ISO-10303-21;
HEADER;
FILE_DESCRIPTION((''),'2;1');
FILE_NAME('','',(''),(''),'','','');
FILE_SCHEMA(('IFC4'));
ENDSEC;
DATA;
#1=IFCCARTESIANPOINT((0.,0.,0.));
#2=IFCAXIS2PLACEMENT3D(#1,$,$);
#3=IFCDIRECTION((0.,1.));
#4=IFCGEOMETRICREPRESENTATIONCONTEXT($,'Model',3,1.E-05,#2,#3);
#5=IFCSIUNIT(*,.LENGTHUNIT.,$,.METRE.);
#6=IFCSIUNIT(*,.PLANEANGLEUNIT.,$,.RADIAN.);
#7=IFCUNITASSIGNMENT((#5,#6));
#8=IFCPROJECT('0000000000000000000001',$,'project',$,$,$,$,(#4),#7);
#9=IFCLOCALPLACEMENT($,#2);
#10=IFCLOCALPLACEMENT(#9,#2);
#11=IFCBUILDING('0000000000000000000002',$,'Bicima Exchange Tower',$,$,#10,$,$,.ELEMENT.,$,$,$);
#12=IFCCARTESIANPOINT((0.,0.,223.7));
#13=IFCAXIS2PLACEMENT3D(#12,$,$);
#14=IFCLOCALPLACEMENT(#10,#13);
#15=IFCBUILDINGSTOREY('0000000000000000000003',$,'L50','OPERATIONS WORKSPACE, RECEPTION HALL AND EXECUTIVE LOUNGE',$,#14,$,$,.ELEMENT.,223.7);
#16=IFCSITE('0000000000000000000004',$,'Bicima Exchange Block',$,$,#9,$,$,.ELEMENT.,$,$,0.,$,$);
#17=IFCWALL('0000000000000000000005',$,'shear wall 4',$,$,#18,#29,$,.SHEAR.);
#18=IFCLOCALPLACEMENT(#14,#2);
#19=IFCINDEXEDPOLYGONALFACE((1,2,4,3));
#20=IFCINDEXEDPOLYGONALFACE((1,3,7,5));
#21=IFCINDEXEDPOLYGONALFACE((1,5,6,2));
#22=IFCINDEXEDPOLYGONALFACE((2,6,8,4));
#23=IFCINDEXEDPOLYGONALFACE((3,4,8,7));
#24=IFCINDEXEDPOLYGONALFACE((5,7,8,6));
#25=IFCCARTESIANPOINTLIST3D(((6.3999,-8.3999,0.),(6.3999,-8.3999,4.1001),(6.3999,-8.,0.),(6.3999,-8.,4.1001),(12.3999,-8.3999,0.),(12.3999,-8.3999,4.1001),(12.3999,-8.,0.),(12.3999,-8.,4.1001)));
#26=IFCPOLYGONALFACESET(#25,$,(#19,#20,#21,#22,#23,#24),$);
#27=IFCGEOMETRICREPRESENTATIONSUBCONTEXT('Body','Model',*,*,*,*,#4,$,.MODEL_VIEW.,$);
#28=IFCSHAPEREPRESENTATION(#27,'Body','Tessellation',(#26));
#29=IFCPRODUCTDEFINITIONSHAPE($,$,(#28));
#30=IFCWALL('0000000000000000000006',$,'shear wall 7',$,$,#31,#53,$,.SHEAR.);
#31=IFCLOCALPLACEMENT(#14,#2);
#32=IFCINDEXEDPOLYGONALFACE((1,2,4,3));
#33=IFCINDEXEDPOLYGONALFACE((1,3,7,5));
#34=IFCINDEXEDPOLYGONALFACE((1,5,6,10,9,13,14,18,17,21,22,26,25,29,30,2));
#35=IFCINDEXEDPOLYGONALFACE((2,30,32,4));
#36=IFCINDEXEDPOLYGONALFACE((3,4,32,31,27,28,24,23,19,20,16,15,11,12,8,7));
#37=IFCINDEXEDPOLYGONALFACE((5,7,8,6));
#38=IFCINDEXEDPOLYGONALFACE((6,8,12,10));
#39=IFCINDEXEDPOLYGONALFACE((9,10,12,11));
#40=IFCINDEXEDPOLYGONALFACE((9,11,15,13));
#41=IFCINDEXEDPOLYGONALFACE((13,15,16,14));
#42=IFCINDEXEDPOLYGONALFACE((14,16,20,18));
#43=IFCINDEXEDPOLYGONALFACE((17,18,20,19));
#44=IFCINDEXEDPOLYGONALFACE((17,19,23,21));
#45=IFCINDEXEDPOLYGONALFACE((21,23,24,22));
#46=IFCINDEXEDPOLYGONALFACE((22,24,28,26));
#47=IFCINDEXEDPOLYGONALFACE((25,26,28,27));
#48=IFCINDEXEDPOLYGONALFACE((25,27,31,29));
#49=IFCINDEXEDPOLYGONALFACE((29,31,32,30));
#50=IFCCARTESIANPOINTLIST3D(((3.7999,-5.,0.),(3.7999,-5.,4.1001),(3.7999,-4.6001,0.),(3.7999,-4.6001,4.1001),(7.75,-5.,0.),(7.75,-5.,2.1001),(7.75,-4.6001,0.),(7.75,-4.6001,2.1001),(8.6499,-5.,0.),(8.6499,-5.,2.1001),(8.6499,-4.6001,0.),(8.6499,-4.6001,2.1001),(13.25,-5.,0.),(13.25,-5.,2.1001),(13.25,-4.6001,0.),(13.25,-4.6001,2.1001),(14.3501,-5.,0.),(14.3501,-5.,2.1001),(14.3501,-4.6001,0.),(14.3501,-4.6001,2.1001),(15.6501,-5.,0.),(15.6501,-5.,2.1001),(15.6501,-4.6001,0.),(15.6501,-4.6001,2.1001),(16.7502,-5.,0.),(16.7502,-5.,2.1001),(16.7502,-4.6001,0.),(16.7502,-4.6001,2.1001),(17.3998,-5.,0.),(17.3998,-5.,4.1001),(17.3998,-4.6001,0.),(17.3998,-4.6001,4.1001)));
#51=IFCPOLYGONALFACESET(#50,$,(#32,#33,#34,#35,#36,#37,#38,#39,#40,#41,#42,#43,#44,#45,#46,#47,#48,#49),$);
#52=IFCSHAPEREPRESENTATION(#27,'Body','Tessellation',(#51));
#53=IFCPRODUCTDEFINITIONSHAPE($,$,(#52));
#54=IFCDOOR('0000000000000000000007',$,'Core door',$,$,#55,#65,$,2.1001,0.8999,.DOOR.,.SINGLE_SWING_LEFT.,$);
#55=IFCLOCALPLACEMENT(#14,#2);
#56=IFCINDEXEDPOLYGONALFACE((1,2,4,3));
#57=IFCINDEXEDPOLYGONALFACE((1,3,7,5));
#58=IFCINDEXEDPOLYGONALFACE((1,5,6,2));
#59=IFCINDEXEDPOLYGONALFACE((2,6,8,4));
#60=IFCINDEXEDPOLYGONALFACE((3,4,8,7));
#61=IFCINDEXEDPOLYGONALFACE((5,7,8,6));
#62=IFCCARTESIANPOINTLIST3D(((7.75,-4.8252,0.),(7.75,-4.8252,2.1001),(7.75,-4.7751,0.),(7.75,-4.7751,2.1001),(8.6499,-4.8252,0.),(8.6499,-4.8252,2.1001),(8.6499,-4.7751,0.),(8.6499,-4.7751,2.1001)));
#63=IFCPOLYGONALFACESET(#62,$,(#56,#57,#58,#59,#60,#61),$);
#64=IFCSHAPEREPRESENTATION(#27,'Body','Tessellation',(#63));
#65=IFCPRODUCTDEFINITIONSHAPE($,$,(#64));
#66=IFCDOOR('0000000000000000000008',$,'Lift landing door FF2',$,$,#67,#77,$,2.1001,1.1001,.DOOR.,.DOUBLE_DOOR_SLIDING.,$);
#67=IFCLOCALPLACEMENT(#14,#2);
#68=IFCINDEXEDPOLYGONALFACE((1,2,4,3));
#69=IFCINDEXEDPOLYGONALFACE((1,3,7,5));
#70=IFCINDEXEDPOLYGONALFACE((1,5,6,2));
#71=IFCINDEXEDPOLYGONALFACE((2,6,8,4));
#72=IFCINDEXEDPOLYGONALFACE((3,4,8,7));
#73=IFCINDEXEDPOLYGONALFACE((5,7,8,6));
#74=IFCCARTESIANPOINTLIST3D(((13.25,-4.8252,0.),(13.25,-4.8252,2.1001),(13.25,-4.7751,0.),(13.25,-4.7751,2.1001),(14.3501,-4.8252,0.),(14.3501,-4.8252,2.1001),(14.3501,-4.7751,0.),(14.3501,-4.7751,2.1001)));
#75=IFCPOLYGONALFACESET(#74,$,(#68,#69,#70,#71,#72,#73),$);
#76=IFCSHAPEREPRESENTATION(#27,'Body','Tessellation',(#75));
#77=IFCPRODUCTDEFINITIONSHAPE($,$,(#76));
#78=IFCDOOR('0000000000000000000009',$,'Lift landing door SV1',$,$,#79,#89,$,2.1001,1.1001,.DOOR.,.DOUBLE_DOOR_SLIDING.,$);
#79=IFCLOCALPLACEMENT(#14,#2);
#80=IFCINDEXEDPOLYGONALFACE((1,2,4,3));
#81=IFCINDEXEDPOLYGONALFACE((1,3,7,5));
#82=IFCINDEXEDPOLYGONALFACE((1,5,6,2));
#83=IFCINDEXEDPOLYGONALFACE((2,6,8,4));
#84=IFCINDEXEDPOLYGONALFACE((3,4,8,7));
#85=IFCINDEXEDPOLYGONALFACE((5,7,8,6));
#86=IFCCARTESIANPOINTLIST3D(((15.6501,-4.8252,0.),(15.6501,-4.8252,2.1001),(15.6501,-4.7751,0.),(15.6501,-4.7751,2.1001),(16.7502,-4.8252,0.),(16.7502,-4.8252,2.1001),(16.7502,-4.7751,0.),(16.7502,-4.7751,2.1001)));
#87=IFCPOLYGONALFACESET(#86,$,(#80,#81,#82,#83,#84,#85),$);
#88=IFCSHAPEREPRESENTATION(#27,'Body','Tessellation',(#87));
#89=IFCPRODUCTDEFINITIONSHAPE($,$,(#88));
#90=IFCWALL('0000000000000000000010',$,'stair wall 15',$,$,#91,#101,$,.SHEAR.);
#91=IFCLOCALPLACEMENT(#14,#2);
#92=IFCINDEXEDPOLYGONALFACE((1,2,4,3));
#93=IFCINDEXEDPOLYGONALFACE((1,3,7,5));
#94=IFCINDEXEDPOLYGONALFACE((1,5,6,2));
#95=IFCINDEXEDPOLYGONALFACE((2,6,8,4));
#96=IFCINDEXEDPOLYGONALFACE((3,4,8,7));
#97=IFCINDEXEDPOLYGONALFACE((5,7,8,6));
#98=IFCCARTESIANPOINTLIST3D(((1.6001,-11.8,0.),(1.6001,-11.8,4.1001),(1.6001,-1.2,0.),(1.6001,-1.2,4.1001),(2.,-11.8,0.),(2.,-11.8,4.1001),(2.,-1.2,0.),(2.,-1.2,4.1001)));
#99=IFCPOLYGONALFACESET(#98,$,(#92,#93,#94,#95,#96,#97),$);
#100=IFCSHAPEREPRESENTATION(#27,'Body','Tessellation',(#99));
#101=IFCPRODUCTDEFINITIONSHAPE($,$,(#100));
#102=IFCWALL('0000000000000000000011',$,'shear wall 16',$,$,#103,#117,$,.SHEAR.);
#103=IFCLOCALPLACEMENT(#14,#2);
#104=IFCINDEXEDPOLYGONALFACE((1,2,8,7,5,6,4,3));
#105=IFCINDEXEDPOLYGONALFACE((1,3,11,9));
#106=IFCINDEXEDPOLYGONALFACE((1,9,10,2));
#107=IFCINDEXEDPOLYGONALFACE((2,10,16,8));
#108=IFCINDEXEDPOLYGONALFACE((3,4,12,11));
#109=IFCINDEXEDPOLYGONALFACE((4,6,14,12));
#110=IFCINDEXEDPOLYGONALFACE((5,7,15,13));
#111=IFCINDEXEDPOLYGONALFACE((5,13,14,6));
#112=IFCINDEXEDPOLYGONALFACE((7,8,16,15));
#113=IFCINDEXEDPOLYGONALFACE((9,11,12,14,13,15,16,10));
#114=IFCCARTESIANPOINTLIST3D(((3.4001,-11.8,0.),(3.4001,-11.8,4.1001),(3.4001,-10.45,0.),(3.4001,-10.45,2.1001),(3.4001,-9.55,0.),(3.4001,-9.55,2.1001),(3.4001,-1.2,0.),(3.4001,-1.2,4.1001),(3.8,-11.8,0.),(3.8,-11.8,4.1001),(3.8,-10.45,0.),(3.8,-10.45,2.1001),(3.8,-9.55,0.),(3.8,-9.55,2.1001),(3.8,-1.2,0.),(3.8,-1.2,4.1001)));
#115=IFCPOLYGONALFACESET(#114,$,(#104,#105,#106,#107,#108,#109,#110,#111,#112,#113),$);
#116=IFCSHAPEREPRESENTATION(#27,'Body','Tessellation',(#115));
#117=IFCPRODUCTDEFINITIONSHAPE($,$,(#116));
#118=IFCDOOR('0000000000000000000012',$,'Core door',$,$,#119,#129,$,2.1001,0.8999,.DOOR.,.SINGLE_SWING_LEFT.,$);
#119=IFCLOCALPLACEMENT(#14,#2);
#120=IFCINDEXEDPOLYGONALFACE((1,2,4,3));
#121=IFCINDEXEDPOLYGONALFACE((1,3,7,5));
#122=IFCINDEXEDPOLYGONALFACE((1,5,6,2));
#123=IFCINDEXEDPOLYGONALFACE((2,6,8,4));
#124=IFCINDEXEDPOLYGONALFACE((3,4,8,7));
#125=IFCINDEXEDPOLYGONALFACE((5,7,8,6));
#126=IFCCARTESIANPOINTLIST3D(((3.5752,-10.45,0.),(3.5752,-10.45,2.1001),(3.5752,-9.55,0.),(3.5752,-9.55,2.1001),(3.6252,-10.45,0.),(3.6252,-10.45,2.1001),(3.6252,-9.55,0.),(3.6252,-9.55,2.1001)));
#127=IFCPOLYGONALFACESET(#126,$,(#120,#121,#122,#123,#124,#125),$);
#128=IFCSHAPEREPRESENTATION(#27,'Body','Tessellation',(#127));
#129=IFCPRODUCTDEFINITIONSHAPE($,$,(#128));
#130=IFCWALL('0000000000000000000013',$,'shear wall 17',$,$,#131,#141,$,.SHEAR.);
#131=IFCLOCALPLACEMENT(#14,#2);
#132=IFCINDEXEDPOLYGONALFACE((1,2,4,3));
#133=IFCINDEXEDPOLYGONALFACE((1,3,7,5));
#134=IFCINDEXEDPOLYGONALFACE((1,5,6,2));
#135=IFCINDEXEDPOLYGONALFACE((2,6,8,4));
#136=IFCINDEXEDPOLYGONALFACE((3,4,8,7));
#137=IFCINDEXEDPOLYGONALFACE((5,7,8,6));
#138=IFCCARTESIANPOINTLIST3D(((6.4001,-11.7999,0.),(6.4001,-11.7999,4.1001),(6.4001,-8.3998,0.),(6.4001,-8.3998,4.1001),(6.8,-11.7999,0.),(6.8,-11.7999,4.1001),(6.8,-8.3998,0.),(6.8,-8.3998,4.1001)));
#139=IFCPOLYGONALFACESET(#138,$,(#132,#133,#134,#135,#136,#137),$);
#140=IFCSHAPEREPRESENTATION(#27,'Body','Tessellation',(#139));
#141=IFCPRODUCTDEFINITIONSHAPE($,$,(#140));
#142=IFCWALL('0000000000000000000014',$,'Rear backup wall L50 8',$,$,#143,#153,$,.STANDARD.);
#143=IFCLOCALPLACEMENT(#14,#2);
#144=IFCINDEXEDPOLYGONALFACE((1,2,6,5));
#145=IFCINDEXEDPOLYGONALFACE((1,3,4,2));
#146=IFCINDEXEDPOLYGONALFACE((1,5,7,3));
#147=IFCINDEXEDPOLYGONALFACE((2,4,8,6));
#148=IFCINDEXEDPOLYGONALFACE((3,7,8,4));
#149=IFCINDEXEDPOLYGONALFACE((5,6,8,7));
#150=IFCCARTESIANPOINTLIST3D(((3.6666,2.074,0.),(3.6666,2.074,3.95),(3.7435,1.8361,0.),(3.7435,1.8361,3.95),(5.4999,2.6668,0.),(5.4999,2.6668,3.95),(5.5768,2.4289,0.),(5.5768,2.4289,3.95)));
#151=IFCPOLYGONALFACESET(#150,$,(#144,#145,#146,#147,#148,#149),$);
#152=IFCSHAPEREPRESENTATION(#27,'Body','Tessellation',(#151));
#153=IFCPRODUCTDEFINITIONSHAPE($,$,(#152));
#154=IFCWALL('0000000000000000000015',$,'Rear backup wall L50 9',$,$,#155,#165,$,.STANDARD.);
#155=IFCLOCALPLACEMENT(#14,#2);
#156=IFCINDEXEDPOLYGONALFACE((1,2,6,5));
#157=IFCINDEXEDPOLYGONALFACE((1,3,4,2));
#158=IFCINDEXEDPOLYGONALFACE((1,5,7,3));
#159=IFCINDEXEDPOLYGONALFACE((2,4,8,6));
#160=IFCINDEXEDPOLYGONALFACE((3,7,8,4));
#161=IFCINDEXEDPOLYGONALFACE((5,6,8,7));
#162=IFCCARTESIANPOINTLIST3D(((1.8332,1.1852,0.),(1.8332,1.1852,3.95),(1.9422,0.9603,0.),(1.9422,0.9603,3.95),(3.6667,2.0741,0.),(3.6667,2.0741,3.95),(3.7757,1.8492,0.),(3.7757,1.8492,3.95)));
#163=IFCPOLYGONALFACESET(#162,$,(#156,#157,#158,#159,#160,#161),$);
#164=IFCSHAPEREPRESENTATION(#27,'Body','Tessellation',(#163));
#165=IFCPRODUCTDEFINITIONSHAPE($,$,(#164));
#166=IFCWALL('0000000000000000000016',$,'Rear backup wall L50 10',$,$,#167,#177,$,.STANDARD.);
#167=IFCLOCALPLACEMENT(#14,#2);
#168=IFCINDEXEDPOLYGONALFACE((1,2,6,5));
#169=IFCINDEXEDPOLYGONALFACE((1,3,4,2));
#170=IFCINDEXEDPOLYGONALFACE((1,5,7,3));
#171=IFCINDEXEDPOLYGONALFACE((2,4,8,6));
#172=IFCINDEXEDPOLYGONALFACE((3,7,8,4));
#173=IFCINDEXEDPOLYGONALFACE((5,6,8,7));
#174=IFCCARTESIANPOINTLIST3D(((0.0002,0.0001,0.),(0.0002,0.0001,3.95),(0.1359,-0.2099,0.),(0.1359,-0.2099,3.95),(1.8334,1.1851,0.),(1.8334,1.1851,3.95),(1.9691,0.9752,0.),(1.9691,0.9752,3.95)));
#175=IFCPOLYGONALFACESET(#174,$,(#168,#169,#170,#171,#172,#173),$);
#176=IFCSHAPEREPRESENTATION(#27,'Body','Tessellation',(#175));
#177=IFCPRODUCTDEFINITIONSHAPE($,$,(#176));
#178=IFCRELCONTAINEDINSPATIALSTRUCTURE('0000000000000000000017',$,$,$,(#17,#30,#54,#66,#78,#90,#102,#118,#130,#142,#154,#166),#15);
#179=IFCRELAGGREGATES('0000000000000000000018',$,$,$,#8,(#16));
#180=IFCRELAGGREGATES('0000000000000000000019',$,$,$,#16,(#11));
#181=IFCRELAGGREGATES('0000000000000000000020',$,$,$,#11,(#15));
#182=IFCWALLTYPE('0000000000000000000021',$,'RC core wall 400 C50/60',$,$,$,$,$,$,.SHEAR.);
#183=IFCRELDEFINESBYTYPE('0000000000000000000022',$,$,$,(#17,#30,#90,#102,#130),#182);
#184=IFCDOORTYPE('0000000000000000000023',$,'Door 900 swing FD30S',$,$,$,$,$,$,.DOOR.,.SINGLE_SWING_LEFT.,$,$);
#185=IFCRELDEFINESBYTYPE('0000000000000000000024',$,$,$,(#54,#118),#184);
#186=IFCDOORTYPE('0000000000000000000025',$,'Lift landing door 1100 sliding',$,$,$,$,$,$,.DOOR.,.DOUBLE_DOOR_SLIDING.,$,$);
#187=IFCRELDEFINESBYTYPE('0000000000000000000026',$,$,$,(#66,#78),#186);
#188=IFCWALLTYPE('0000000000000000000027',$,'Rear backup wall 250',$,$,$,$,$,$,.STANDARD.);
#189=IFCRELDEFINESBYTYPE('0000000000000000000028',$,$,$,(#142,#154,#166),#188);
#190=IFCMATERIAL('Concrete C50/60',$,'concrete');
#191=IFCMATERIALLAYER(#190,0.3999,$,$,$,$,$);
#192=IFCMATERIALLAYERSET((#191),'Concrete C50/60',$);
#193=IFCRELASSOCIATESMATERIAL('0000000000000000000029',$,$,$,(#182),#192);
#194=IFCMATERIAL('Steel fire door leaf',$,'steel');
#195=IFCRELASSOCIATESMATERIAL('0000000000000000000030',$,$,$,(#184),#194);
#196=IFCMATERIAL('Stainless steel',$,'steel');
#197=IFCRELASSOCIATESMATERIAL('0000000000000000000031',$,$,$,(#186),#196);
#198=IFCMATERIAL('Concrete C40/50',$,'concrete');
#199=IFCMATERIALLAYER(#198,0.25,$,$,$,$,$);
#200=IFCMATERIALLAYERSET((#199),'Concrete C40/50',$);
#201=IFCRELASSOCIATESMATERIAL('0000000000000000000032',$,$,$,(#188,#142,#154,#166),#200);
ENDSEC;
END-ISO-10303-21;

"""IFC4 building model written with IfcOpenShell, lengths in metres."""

from ifc_helpers import new_model, si_unit, direction, frame, frame_2d, origin, place, context, subcontext, project, spatial, rectangle, extrude, material, layer, layer_set, layer_usage, type_object, element, fill, save


model = new_model("IFC4")

# Units and contexts
model_context = context("Model", 3, precision=1e-05, world=origin(), true_north=direction((0.0, 1.0)))
body_context = subcontext(model_context, "Body", "Model", "MODEL_VIEW")
ifc_project = project(units=[si_unit("LENGTHUNIT", "METRE"), si_unit("PLANEANGLEUNIT", "RADIAN")], contexts=[model_context])

# Site, building, storey
site_placement = place(None, origin())
site = spatial("IfcSite", under=ifc_project, at=site_placement, Name="Bicima Exchange Block", CompositionType="ELEMENT", RefElevation=0.0)
building_placement = place(site_placement, origin())
building = spatial("IfcBuilding", under=site, at=building_placement, Name="Bicima Exchange Tower", CompositionType="ELEMENT")
storey_placement = place(building_placement, frame((0.0, 0.0, 223.7)))
storey = spatial("IfcBuildingStorey", under=building, at=storey_placement, Name="L50", Description="OPERATIONS WORKSPACE, RECEPTION HALL AND EXECUTIVE LOUNGE", CompositionType="ELEMENT", Elevation=223.7)

# Shared definitions
ifc_material_1 = material(Name="Concrete C40/50", Category="concrete")

# Shared definitions
ifc_material_2 = material(Name="Concrete C50/60", Category="concrete")

# Wall
ifc_layer_1 = layer(ifc_material_2, 0.3999)
ifc_layer_set_1 = layer_set([ifc_layer_1], Name="Concrete C50/60")
wall_type_1 = type_object("IfcWallType", Name="RC core wall 400 C50/60", PredefinedType="SHEAR", material=ifc_layer_set_1)
wall_1_placement = place(storey_placement, frame((6.3999, -8.2, 0.0), z_axis=(0.0, 0.0, 1.0), x_axis=(1.0, 0.0, 0.0)))
element("IfcWall", 1, at=wall_1_placement, inside=storey, type_object=wall_type_1, Name="shear wall 4", PredefinedType="SHEAR", context=body_context, shape_type="SweptSolid", body=[
    extrude(rectangle(XDim=6.0, YDim=0.3999, at=frame_2d((3.0, 0.0))), origin(), (0.0, 0.0, 1.0), 4.1001),
])

# Wall, openings, doors
wall_2_placement = place(storey_placement, frame((3.8, -4.8, 0.0), z_axis=(0.0, 0.0, 1.0), x_axis=(1.0, 0.0, 0.0)))
wall_2 = element("IfcWall", 2, at=wall_2_placement, inside=storey, type_object=wall_type_1, Name="shear wall 7", PredefinedType="SHEAR", context=body_context, shape_type="SweptSolid", body=[
    extrude(rectangle(XDim=13.5999, YDim=0.3999, at=frame_2d((6.7998, 0.0))), origin(), (0.0, 0.0, 1.0), 4.1001),
])
opening_1_placement = place(wall_2_placement, frame((9.45, 0.0, 0.0)))
opening_1 = element("IfcOpeningElement", 3, at=opening_1_placement, cuts=wall_2, PredefinedType="OPENING", context=body_context, shape_type="SweptSolid", body=[
    extrude(rectangle(XDim=1.1001, YDim=2.1001, at=frame_2d((0.55, 1.05))), frame((0.0, 0.2119, 0.0), z_axis=(0.0, -1.0, 0.0), x_axis=(1.0, 0.0, 0.0)), (0.0, 0.0, 1.0), 0.4238),
])
opening_2_placement = place(wall_2_placement, frame((11.8501, 0.0, 0.0)))
opening_2 = element("IfcOpeningElement", 4, at=opening_2_placement, cuts=wall_2, PredefinedType="OPENING", context=body_context, shape_type="SweptSolid", body=[
    extrude(rectangle(XDim=1.1001, YDim=2.1001, at=frame_2d((0.55, 1.05))), frame((0.0, 0.2119, 0.0), z_axis=(0.0, -1.0, 0.0), x_axis=(1.0, 0.0, 0.0)), (0.0, 0.0, 1.0), 0.4238),
])
opening_3_placement = place(wall_2_placement, frame((3.95, 0.0, 0.0)))
opening_3 = element("IfcOpeningElement", 5, at=opening_3_placement, cuts=wall_2, PredefinedType="OPENING", context=body_context, shape_type="SweptSolid", body=[
    extrude(rectangle(XDim=0.8999, YDim=2.1001, at=frame_2d((0.45, 1.05))), frame((0.0, 0.2119, 0.0), z_axis=(0.0, -1.0, 0.0), x_axis=(1.0, 0.0, 0.0)), (0.0, 0.0, 1.0), 0.4238),
])
ifc_material_3 = material(Name="Steel fire door leaf", Category="steel")
door_type_1 = type_object("IfcDoorType", Name="Door 900 swing FD30S", OperationType="SINGLE_SWING_LEFT", PredefinedType="DOOR", material=ifc_material_3)
door_1_placement = place(opening_3_placement, origin())
door_1 = element("IfcDoor", 6, at=door_1_placement, inside=storey, type_object=door_type_1, Name="Core door", OperationType="SINGLE_SWING_LEFT", OverallHeight=2.1001, OverallWidth=0.8999, PredefinedType="DOOR", context=body_context, shape_type="SweptSolid", body=[
    extrude(rectangle(XDim=0.8999, YDim=2.1001, at=frame_2d((0.45, 1.05))), frame((0.0, 0.0249, 0.0), z_axis=(0.0, -1.0, 0.0), x_axis=(1.0, 0.0, 0.0)), (0.0, 0.0, 1.0), 0.05),
])
fill(opening_3, door_1)
ifc_material_4 = material(Name="Stainless steel", Category="steel")
door_type_2 = type_object("IfcDoorType", Name="Lift landing door 1100 sliding", OperationType="DOUBLE_DOOR_SLIDING", PredefinedType="DOOR", material=ifc_material_4)
door_2_placement = place(opening_1_placement, origin())
door_2 = element("IfcDoor", 7, at=door_2_placement, inside=storey, type_object=door_type_2, Name="Lift landing door FF2", OperationType="DOUBLE_DOOR_SLIDING", OverallHeight=2.1001, OverallWidth=1.1001, PredefinedType="DOOR", context=body_context, shape_type="SweptSolid", body=[
    extrude(rectangle(XDim=1.1001, YDim=2.1001, at=frame_2d((0.55, 1.05))), frame((0.0, 0.0249, 0.0), z_axis=(0.0, -1.0, 0.0), x_axis=(1.0, 0.0, 0.0)), (0.0, 0.0, 1.0), 0.05),
])
fill(opening_1, door_2)
door_3_placement = place(opening_2_placement, origin())
door_3 = element("IfcDoor", 8, at=door_3_placement, inside=storey, type_object=door_type_2, Name="Lift landing door SV1", OperationType="DOUBLE_DOOR_SLIDING", OverallHeight=2.1001, OverallWidth=1.1001, PredefinedType="DOOR", context=body_context, shape_type="SweptSolid", body=[
    extrude(rectangle(XDim=1.1001, YDim=2.1001, at=frame_2d((0.55, 1.05))), frame((0.0, 0.0249, 0.0), z_axis=(0.0, -1.0, 0.0), x_axis=(1.0, 0.0, 0.0)), (0.0, 0.0, 1.0), 0.05),
])
fill(opening_2, door_3)

# Wall
wall_3_placement = place(storey_placement, frame((1.8, -11.8, 0.0), z_axis=(0.0, 0.0, 1.0), x_axis=(0.0, 1.0, 0.0)))
element("IfcWall", 9, at=wall_3_placement, inside=storey, type_object=wall_type_1, Name="stair wall 15", PredefinedType="SHEAR", context=body_context, shape_type="SweptSolid", body=[
    extrude(rectangle(XDim=10.6001, YDim=0.3999, at=frame_2d((5.3, 0.0))), origin(), (0.0, 0.0, 1.0), 4.1001),
])

# Wall, opening, door
wall_4_placement = place(storey_placement, frame((3.6001, -11.8, 0.0), z_axis=(0.0, 0.0, 1.0), x_axis=(0.0, 1.0, 0.0)))
wall_4 = element("IfcWall", 10, at=wall_4_placement, inside=storey, type_object=wall_type_1, Name="shear wall 16", PredefinedType="SHEAR", context=body_context, shape_type="SweptSolid", body=[
    extrude(rectangle(XDim=10.6001, YDim=0.3999, at=frame_2d((5.3, 0.0))), origin(), (0.0, 0.0, 1.0), 4.1001),
])
opening_4_placement = place(wall_4_placement, frame((1.3501, 0.0, 0.0)))
opening_4 = element("IfcOpeningElement", 11, at=opening_4_placement, cuts=wall_4, PredefinedType="OPENING", context=body_context, shape_type="SweptSolid", body=[
    extrude(rectangle(XDim=0.8999, YDim=2.1001, at=frame_2d((0.45, 1.05))), frame((0.0, 0.2119, 0.0), z_axis=(0.0, -1.0, 0.0), x_axis=(1.0, 0.0, 0.0)), (0.0, 0.0, 1.0), 0.4238),
])
door_4_placement = place(opening_4_placement, origin())
door_4 = element("IfcDoor", 12, at=door_4_placement, inside=storey, type_object=door_type_1, Name="Core door", OperationType="SINGLE_SWING_LEFT", OverallHeight=2.1001, OverallWidth=0.8999, PredefinedType="DOOR", context=body_context, shape_type="SweptSolid", body=[
    extrude(rectangle(XDim=0.8999, YDim=2.1001, at=frame_2d((0.45, 1.05))), frame((0.0, 0.0249, 0.0), z_axis=(0.0, -1.0, 0.0), x_axis=(1.0, 0.0, 0.0)), (0.0, 0.0, 1.0), 0.05),
])
fill(opening_4, door_4)

# Walls
wall_5_placement = place(storey_placement, frame((6.6001, -11.8, 0.0), z_axis=(0.0, 0.0, 1.0), x_axis=(0.0, 1.0, 0.0)))
element("IfcWall", 13, at=wall_5_placement, inside=storey, type_object=wall_type_1, Name="shear wall 17", PredefinedType="SHEAR", context=body_context, shape_type="SweptSolid", body=[
    extrude(rectangle(XDim=3.4001, YDim=0.3999, at=frame_2d((1.7002, 0.0))), origin(), (0.0, 0.0, 1.0), 4.1001),
])
ifc_layer_2 = layer(ifc_material_1, 0.25)
ifc_layer_set_2 = layer_set([ifc_layer_2], Name="Concrete C40/50")
ifc_layer_usage = layer_usage(ifc_layer_set_2, "AXIS2", "POSITIVE", -0.125)
wall_type_2 = type_object("IfcWallType", Name="Rear backup wall 250", PredefinedType="STANDARD", material=ifc_layer_set_2)
wall_6_placement = place(storey_placement, frame((5.5383, 2.5479, 0.0), z_axis=(0.0, 0.0, 1.0), x_axis=(-0.951496, -0.307662, 0.0)))
element("IfcWall", 14, at=wall_6_placement, inside=storey, type_object=wall_type_2, material=ifc_layer_usage, Name="Rear backup wall L50 8", PredefinedType="STANDARD", context=body_context, shape_type="SweptSolid", body=[
    extrude(rectangle(XDim=1.9268, YDim=0.25, at=frame_2d((0.9634, 0.0))), origin(), (0.0, 0.0, 1.0), 3.95),
])
wall_7_placement = place(storey_placement, frame((3.7212, 1.9617, 0.0), z_axis=(0.0, 0.0, 1.0), x_axis=(-0.899824, -0.436253, 0.0)))
element("IfcWall", 15, at=wall_7_placement, inside=storey, type_object=wall_type_2, material=ifc_layer_usage, Name="Rear backup wall L50 9", PredefinedType="STANDARD", context=body_context, shape_type="SweptSolid", body=[
    extrude(rectangle(XDim=2.0376, YDim=0.25, at=frame_2d((1.0188, 0.0))), origin(), (0.0, 0.0, 1.0), 3.95),
])
wall_8_placement = place(storey_placement, frame((1.9011, 1.0801, 0.0), z_axis=(0.0, 0.0, 1.0), x_axis=(-0.839813, -0.542876, 0.0)))
element("IfcWall", 16, at=wall_8_placement, inside=storey, type_object=wall_type_2, material=ifc_layer_usage, Name="Rear backup wall L50 10", PredefinedType="STANDARD", context=body_context, shape_type="SweptSolid", body=[
    extrude(rectangle(XDim=2.1829, YDim=0.25, at=frame_2d((1.0913, 0.0))), origin(), (0.0, 0.0, 1.0), 3.95),
])

save(model, "model.ifc")
